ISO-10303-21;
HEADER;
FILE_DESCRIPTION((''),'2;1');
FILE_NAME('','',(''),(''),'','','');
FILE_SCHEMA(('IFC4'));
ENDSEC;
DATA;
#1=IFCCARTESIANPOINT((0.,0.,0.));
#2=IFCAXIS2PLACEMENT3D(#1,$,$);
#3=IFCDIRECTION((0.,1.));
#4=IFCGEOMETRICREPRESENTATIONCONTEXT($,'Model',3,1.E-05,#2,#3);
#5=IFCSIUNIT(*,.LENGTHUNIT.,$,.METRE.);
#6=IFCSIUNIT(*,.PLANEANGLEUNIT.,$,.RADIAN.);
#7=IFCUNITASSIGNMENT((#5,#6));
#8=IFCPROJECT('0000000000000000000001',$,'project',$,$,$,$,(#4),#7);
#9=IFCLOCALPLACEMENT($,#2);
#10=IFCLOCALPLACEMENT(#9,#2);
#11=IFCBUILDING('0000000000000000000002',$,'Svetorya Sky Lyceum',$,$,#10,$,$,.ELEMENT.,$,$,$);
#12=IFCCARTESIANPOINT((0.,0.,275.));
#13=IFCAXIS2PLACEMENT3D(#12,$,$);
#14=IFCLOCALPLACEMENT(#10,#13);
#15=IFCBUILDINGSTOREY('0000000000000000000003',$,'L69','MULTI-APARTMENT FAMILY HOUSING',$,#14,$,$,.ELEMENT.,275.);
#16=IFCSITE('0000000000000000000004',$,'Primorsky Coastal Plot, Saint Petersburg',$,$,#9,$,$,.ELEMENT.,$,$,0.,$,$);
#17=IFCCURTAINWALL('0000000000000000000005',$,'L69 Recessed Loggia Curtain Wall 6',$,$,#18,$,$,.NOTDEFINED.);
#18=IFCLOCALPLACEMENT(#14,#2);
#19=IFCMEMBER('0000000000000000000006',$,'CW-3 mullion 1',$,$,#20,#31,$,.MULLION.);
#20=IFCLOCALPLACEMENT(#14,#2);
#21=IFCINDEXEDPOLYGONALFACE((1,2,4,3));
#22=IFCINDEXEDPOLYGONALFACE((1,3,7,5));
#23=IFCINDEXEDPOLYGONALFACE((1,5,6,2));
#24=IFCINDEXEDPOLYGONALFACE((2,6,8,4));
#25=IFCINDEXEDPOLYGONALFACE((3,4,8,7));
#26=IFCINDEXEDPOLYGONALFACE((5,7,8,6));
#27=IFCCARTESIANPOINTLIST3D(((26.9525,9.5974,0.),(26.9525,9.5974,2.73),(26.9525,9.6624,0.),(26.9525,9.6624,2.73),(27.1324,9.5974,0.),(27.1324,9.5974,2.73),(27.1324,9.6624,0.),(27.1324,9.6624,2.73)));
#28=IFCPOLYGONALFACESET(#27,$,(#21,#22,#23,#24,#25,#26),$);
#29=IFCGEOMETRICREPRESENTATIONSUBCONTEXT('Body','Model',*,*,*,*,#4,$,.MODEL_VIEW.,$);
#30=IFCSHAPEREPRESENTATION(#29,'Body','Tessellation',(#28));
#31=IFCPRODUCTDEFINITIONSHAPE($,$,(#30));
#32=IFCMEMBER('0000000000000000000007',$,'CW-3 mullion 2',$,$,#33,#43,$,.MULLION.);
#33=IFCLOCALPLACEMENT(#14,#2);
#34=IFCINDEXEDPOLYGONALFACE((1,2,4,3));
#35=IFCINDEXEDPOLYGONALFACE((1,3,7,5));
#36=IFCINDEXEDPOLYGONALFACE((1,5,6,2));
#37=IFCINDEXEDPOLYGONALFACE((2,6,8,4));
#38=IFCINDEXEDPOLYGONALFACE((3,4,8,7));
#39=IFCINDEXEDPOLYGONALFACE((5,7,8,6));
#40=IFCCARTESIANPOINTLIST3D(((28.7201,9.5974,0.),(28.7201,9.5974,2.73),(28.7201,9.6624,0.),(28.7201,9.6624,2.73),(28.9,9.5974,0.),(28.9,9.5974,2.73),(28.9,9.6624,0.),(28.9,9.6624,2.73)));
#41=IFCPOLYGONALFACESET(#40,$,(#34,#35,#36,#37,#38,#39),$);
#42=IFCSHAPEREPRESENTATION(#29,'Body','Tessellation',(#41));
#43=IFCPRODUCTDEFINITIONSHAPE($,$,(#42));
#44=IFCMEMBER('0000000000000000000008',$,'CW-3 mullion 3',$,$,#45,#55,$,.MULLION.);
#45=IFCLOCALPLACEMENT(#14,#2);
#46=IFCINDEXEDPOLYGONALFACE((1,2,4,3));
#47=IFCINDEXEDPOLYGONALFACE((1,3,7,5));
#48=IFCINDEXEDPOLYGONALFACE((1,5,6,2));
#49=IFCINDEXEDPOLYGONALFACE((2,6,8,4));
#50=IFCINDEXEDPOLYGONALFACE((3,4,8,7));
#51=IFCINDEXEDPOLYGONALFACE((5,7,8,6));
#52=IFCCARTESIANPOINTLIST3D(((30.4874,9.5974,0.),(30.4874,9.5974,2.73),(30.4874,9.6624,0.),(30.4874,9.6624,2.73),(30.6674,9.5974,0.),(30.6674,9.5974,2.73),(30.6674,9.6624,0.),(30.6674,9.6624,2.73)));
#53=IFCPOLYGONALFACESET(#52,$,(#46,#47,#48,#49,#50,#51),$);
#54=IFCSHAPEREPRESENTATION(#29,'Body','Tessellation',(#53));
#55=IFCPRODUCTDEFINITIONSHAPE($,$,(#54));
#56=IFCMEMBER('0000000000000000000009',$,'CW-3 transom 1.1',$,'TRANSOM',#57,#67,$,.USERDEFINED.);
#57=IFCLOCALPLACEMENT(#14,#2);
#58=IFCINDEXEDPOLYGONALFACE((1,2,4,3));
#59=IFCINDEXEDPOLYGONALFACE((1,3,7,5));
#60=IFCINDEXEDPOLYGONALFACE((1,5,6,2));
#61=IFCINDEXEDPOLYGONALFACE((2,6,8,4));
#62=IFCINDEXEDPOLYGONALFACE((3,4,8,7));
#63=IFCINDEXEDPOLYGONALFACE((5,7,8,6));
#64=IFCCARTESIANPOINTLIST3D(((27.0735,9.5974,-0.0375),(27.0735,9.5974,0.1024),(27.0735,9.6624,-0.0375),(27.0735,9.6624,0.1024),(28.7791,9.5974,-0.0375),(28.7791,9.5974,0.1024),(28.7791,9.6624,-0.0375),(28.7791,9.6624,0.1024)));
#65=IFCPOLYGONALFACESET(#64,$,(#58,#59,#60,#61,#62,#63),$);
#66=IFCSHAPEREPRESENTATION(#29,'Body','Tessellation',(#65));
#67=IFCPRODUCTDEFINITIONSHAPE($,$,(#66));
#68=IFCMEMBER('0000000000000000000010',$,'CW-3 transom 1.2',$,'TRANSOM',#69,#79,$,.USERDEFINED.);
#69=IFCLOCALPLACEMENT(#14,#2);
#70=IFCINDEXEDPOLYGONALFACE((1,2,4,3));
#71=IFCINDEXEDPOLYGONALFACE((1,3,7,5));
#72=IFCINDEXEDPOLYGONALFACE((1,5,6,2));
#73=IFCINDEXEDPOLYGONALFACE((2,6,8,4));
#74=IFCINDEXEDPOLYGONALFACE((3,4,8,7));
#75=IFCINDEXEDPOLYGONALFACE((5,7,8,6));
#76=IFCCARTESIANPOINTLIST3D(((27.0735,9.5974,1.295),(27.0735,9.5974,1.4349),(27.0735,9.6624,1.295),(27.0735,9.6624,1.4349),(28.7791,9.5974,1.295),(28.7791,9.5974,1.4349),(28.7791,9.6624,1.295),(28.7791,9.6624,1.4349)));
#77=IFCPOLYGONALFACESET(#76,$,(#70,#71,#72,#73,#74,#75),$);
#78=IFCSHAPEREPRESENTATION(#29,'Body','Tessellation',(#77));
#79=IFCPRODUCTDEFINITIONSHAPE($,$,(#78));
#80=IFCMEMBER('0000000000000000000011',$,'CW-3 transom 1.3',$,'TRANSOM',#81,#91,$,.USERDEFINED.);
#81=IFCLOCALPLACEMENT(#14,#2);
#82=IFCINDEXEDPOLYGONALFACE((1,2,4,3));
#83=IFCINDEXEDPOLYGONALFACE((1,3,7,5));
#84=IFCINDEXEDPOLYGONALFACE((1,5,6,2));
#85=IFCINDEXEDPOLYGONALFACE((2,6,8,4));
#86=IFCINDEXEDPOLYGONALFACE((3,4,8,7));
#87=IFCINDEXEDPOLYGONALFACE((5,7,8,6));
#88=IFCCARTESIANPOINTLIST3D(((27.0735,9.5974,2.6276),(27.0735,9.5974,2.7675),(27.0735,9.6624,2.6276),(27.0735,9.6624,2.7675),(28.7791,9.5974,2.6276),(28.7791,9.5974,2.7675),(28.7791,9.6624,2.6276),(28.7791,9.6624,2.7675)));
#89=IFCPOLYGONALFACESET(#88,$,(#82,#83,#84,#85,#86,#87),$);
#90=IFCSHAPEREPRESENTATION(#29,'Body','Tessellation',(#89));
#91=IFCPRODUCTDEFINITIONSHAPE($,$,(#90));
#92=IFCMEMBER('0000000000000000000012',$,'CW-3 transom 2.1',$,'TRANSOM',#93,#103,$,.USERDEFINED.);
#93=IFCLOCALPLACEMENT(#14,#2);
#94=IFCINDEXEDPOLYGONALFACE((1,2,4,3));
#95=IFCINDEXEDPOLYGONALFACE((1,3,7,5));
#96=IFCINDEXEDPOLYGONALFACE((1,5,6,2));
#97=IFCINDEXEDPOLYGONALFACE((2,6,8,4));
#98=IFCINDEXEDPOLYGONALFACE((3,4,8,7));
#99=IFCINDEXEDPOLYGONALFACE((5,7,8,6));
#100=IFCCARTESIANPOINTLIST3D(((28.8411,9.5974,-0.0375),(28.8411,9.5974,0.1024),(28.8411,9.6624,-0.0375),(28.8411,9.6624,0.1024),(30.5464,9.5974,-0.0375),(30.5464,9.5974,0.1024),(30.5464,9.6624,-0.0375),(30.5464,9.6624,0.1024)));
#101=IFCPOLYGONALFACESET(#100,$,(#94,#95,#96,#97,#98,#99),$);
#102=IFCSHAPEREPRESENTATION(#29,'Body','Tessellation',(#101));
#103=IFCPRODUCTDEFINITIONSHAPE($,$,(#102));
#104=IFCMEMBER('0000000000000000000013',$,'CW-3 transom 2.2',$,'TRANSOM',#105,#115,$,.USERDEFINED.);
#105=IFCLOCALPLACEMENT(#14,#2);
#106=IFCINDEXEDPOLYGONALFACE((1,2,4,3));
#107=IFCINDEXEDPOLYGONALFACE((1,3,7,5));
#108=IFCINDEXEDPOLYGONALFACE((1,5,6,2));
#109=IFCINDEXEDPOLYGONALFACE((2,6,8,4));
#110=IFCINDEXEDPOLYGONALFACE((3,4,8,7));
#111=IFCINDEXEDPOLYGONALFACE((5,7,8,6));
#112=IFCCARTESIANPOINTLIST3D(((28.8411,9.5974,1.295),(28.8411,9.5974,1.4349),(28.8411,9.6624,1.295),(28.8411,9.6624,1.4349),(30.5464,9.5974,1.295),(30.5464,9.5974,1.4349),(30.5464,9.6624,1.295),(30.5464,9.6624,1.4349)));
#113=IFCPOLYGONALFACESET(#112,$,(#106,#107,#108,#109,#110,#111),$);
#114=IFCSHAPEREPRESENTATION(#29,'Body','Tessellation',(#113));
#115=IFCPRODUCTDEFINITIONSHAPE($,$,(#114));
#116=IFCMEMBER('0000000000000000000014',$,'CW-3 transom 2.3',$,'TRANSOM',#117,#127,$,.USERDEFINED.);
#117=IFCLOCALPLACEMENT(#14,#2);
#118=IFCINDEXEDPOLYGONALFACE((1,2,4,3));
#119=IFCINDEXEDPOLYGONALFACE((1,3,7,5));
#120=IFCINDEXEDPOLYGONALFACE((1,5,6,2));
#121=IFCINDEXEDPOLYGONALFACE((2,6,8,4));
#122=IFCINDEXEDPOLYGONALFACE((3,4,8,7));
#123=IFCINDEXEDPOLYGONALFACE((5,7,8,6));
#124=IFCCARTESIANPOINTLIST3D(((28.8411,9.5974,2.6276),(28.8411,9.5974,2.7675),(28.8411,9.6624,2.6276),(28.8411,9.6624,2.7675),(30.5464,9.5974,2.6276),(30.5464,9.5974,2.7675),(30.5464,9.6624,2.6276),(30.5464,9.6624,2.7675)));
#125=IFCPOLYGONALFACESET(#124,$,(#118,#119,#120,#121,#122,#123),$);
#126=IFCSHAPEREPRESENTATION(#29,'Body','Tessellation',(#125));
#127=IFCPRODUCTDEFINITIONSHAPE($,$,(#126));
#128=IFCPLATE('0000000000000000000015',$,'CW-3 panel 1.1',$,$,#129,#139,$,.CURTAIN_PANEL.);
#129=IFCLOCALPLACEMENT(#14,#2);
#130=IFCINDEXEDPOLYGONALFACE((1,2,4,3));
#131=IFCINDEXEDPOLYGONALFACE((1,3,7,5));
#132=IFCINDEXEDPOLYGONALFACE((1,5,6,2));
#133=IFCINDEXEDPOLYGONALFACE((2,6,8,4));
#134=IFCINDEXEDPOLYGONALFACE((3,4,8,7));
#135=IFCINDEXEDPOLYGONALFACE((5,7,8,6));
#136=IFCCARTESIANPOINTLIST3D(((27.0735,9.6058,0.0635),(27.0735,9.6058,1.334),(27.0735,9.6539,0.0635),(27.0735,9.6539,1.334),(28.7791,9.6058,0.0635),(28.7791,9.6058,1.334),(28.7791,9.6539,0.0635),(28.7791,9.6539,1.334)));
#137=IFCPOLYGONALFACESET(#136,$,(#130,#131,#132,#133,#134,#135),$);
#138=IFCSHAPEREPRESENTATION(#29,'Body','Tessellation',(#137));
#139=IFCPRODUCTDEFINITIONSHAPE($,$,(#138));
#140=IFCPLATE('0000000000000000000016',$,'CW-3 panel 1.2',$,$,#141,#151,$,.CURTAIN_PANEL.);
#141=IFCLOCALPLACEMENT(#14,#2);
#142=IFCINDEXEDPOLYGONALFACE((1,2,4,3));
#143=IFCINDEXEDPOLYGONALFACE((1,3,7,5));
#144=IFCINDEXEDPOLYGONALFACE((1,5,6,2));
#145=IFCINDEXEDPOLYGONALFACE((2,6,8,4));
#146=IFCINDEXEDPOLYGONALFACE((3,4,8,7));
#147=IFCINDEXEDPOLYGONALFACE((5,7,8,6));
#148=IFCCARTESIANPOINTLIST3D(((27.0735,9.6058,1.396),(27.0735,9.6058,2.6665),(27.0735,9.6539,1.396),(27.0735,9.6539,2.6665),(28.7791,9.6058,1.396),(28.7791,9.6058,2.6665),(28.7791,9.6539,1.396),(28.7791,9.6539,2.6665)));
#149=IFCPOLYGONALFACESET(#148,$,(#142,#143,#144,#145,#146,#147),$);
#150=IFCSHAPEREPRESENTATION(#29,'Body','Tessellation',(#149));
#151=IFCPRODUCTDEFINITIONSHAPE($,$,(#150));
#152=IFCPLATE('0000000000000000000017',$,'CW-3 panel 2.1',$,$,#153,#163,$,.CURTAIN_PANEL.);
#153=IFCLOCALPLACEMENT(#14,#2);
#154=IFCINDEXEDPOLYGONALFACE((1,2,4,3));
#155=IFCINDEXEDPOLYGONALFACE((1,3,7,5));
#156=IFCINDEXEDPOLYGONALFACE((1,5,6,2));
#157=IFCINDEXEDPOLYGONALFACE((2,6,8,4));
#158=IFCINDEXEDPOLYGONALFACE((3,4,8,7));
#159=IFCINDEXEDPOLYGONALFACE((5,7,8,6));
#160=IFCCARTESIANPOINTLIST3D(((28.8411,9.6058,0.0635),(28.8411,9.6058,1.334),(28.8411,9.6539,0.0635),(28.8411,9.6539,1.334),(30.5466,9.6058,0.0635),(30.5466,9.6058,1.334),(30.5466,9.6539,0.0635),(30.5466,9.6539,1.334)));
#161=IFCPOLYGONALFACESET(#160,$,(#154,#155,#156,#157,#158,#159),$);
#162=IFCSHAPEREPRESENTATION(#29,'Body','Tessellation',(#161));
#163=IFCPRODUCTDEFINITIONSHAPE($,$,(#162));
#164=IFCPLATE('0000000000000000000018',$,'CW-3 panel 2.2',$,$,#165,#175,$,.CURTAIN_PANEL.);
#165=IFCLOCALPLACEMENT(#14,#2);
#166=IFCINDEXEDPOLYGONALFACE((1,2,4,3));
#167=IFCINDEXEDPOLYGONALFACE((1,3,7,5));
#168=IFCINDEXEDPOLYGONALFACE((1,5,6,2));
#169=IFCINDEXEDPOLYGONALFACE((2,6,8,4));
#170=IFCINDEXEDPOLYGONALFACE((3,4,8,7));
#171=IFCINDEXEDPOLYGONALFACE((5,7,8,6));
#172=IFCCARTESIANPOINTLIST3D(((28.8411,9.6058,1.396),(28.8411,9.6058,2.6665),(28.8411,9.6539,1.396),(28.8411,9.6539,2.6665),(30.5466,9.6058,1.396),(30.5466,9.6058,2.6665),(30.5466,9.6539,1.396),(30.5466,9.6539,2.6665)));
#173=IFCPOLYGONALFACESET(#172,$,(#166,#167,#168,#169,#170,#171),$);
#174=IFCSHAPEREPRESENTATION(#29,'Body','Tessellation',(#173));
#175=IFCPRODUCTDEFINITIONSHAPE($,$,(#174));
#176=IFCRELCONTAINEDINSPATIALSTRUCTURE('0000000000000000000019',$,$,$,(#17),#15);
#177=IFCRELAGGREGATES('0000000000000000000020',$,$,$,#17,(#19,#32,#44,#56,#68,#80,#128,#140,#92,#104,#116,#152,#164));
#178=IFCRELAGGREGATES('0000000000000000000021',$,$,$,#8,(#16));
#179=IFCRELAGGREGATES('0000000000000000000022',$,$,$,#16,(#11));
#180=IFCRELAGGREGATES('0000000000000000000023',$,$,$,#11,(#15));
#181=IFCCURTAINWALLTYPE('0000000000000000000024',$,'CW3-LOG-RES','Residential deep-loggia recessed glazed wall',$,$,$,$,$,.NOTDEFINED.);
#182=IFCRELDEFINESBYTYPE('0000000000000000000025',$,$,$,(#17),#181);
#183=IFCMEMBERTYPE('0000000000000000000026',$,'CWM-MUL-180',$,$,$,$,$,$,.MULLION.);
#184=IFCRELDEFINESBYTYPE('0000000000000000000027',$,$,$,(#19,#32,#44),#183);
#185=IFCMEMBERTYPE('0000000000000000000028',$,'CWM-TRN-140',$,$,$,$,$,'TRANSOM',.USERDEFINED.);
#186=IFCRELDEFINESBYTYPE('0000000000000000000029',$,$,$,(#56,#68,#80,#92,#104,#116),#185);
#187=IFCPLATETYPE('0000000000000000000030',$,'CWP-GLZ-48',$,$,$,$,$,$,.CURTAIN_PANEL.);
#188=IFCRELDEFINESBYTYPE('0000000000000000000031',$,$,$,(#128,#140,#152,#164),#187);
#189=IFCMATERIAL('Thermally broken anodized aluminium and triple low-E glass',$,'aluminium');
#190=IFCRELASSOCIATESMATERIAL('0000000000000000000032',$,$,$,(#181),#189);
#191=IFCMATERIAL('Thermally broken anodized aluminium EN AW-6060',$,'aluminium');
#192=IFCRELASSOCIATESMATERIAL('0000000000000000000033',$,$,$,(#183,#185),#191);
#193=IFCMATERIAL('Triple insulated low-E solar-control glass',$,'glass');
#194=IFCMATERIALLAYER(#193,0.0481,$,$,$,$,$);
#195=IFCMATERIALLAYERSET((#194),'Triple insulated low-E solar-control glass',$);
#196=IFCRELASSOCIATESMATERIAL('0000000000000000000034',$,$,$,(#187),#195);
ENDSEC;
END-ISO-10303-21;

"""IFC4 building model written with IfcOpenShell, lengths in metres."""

from ifc_helpers import new_model, si_unit, direction, frame, origin, origin_2d, place, context, subcontext, project, spatial, rectangle, extrude, material, layer, layer_set, material_profile, profile_set, type_object, element, aggregate, save


model = new_model("IFC4")

# Units and contexts
model_context = context("Model", 3, precision=1e-05, world=origin(), true_north=direction((0.0, 1.0)))
body_context = subcontext(model_context, "Body", "Model", "MODEL_VIEW")
ifc_project = project(units=[si_unit("LENGTHUNIT", "METRE"), si_unit("PLANEANGLEUNIT", "RADIAN")], contexts=[model_context])

# Site, building, storey
site_placement = place(None, origin())
site = spatial("IfcSite", under=ifc_project, at=site_placement, Name="Primorsky Coastal Plot, Saint Petersburg", CompositionType="ELEMENT", RefElevation=0.0)
building_placement = place(site_placement, origin())
building = spatial("IfcBuilding", under=site, at=building_placement, Name="Svetorya Sky Lyceum", CompositionType="ELEMENT")
storey_placement = place(building_placement, frame((0.0, 0.0, 275.0)))
storey = spatial("IfcBuildingStorey", under=building, at=storey_placement, Name="L69", Description="MULTI-APARTMENT FAMILY HOUSING", CompositionType="ELEMENT", Elevation=275.0)

# Curtain wall, members, plates
ifc_material_1 = material(Name="Thermally broken anodized aluminium and triple low-E glass", Category="aluminium")
curtain_wall_type = type_object("IfcCurtainWallType", Name="CW3-LOG-RES", Description="Residential deep-loggia recessed glazed wall", PredefinedType="NOTDEFINED", material=ifc_material_1)
curtain_wall_placement = place(storey_placement, origin())
curtain_wall = element("IfcCurtainWall", 1, at=curtain_wall_placement, inside=storey, type_object=curtain_wall_type, Name="L69 Recessed Loggia Curtain Wall 6", PredefinedType="NOTDEFINED")
ifc_material_2 = material(Name="Thermally broken anodized aluminium EN AW-6060", Category="aluminium")
ifc_material_profile_1 = material_profile(ifc_material_2, rectangle(XDim=0.0649, YDim=0.1799, at=origin_2d()), Name="ALU MULLION 65x180")
ifc_profile_set_1 = profile_set([ifc_material_profile_1], Name="Thermally broken anodized aluminium EN AW-6060")
member_type_1 = type_object("IfcMemberType", Name="CWM-MUL-180", PredefinedType="MULLION", material=ifc_profile_set_1)
member_1_placement = place(storey_placement, frame((27.0425, 9.6299, 0.0), z_axis=(0.0, 0.0, 1.0), x_axis=(0.0, 1.0, 0.0)))
member_1 = element("IfcMember", 2, at=member_1_placement, type_object=member_type_1, Name="CW-3 mullion 1", PredefinedType="MULLION", context=body_context, shape_type="SweptSolid", body=[
    extrude(rectangle(XDim=0.0649, YDim=0.1799, at=origin_2d()), origin(), (0.0, 0.0, 1.0), 2.73),
])
member_2_placement = place(storey_placement, frame((28.8101, 9.6299, 0.0), z_axis=(0.0, 0.0, 1.0), x_axis=(0.0, 1.0, 0.0)))
member_2 = element("IfcMember", 3, at=member_2_placement, type_object=member_type_1, Name="CW-3 mullion 2", PredefinedType="MULLION", context=body_context, shape_type="SweptSolid", body=[
    extrude(rectangle(XDim=0.0649, YDim=0.1799, at=origin_2d()), origin(), (0.0, 0.0, 1.0), 2.73),
])
member_3_placement = place(storey_placement, frame((30.5774, 9.6299, 0.0), z_axis=(0.0, 0.0, 1.0), x_axis=(0.0, 1.0, 0.0)))
member_3 = element("IfcMember", 4, at=member_3_placement, type_object=member_type_1, Name="CW-3 mullion 3", PredefinedType="MULLION", context=body_context, shape_type="SweptSolid", body=[
    extrude(rectangle(XDim=0.0649, YDim=0.1799, at=origin_2d()), origin(), (0.0, 0.0, 1.0), 2.73),
])
ifc_material_profile_2 = material_profile(ifc_material_2, rectangle(XDim=0.0649, YDim=0.1399, at=origin_2d()), Name="ALU TRANSOM 65x140")
ifc_profile_set_2 = profile_set([ifc_material_profile_2], Name="Thermally broken anodized aluminium EN AW-6060")
member_type_2 = type_object("IfcMemberType", Name="CWM-TRN-140", ElementType="TRANSOM", PredefinedType="USERDEFINED", material=ifc_profile_set_2)
member_4_placement = place(storey_placement, frame((27.0735, 9.6299, 0.0325), z_axis=(1.0, 0.0, 0.0), x_axis=(0.0, 1.0, 0.0)))
member_4 = element("IfcMember", 5, at=member_4_placement, type_object=member_type_2, Name="CW-3 transom 1.1", ObjectType="TRANSOM", PredefinedType="USERDEFINED", context=body_context, shape_type="SweptSolid", body=[
    extrude(rectangle(XDim=0.0649, YDim=0.1399, at=origin_2d()), origin(), (0.0, 0.0, 1.0), 1.7056),
])
member_5_placement = place(storey_placement, frame((27.0735, 9.6299, 1.365), z_axis=(1.0, 0.0, 0.0), x_axis=(0.0, 1.0, 0.0)))
member_5 = element("IfcMember", 6, at=member_5_placement, type_object=member_type_2, Name="CW-3 transom 1.2", ObjectType="TRANSOM", PredefinedType="USERDEFINED", context=body_context, shape_type="SweptSolid", body=[
    extrude(rectangle(XDim=0.0649, YDim=0.1399, at=origin_2d()), origin(), (0.0, 0.0, 1.0), 1.7056),
])
member_6_placement = place(storey_placement, frame((27.0735, 9.6299, 2.6975), z_axis=(1.0, 0.0, 0.0), x_axis=(0.0, 1.0, 0.0)))
member_6 = element("IfcMember", 7, at=member_6_placement, type_object=member_type_2, Name="CW-3 transom 1.3", ObjectType="TRANSOM", PredefinedType="USERDEFINED", context=body_context, shape_type="SweptSolid", body=[
    extrude(rectangle(XDim=0.0649, YDim=0.1399, at=origin_2d()), origin(), (0.0, 0.0, 1.0), 1.7056),
])
member_7_placement = place(storey_placement, frame((28.8411, 9.6299, 0.0325), z_axis=(1.0, 0.0, 0.0), x_axis=(0.0, 1.0, 0.0)))
member_7 = element("IfcMember", 8, at=member_7_placement, type_object=member_type_2, Name="CW-3 transom 2.1", ObjectType="TRANSOM", PredefinedType="USERDEFINED", context=body_context, shape_type="SweptSolid", body=[
    extrude(rectangle(XDim=0.0649, YDim=0.1399, at=origin_2d()), origin(), (0.0, 0.0, 1.0), 1.7053),
])
member_8_placement = place(storey_placement, frame((28.8411, 9.6299, 1.365), z_axis=(1.0, 0.0, 0.0), x_axis=(0.0, 1.0, 0.0)))
member_8 = element("IfcMember", 9, at=member_8_placement, type_object=member_type_2, Name="CW-3 transom 2.2", ObjectType="TRANSOM", PredefinedType="USERDEFINED", context=body_context, shape_type="SweptSolid", body=[
    extrude(rectangle(XDim=0.0649, YDim=0.1399, at=origin_2d()), origin(), (0.0, 0.0, 1.0), 1.7053),
])
member_9_placement = place(storey_placement, frame((28.8411, 9.6299, 2.6975), z_axis=(1.0, 0.0, 0.0), x_axis=(0.0, 1.0, 0.0)))
member_9 = element("IfcMember", 10, at=member_9_placement, type_object=member_type_2, Name="CW-3 transom 2.3", ObjectType="TRANSOM", PredefinedType="USERDEFINED", context=body_context, shape_type="SweptSolid", body=[
    extrude(rectangle(XDim=0.0649, YDim=0.1399, at=origin_2d()), origin(), (0.0, 0.0, 1.0), 1.7053),
])
ifc_material_3 = material(Name="Triple insulated low-E solar-control glass", Category="glass")
ifc_layer_1 = layer(ifc_material_3, 0.0481)
ifc_layer_set_1 = layer_set([ifc_layer_1], Name="Triple insulated low-E solar-control glass")
plate_type = type_object("IfcPlateType", Name="CWP-GLZ-48", PredefinedType="CURTAIN_PANEL", material=ifc_layer_set_1)
plate_1_placement = place(storey_placement, frame((27.9263, 9.6299, 0.0635), z_axis=(0.0, 0.0, 1.0), x_axis=(1.0, 0.0, 0.0)))
plate_1 = element("IfcPlate", 11, at=plate_1_placement, type_object=plate_type, Name="CW-3 panel 1.1", PredefinedType="CURTAIN_PANEL", context=body_context, shape_type="SweptSolid", body=[
    extrude(rectangle(XDim=1.7056, YDim=0.0481, at=origin_2d()), origin(), (0.0, 0.0, 1.0), 1.2705),
])
plate_2_placement = place(storey_placement, frame((27.9263, 9.6299, 1.396), z_axis=(0.0, 0.0, 1.0), x_axis=(1.0, 0.0, 0.0)))
plate_2 = element("IfcPlate", 12, at=plate_2_placement, type_object=plate_type, Name="CW-3 panel 1.2", PredefinedType="CURTAIN_PANEL", context=body_context, shape_type="SweptSolid", body=[
    extrude(rectangle(XDim=1.7056, YDim=0.0481, at=origin_2d()), origin(), (0.0, 0.0, 1.0), 1.2705),
])
plate_3_placement = place(storey_placement, frame((29.6938, 9.6299, 0.0635), z_axis=(0.0, 0.0, 1.0), x_axis=(1.0, 0.0, 0.0)))
plate_3 = element("IfcPlate", 13, at=plate_3_placement, type_object=plate_type, Name="CW-3 panel 2.1", PredefinedType="CURTAIN_PANEL", context=body_context, shape_type="SweptSolid", body=[
    extrude(rectangle(XDim=1.7056, YDim=0.0481, at=origin_2d()), origin(), (0.0, 0.0, 1.0), 1.2705),
])
plate_4_placement = place(storey_placement, frame((29.6938, 9.6299, 1.396), z_axis=(0.0, 0.0, 1.0), x_axis=(1.0, 0.0, 0.0)))
plate_4 = element("IfcPlate", 14, at=plate_4_placement, type_object=plate_type, Name="CW-3 panel 2.2", PredefinedType="CURTAIN_PANEL", context=body_context, shape_type="SweptSolid", body=[
    extrude(rectangle(XDim=1.7056, YDim=0.0481, at=origin_2d()), origin(), (0.0, 0.0, 1.0), 1.2705),
])
aggregate(curtain_wall, [member_1, member_2, member_3, member_4, member_5, member_6, plate_1, plate_2, member_7, member_8, member_9, plate_3, plate_4])

save(model, "model.ifc")
